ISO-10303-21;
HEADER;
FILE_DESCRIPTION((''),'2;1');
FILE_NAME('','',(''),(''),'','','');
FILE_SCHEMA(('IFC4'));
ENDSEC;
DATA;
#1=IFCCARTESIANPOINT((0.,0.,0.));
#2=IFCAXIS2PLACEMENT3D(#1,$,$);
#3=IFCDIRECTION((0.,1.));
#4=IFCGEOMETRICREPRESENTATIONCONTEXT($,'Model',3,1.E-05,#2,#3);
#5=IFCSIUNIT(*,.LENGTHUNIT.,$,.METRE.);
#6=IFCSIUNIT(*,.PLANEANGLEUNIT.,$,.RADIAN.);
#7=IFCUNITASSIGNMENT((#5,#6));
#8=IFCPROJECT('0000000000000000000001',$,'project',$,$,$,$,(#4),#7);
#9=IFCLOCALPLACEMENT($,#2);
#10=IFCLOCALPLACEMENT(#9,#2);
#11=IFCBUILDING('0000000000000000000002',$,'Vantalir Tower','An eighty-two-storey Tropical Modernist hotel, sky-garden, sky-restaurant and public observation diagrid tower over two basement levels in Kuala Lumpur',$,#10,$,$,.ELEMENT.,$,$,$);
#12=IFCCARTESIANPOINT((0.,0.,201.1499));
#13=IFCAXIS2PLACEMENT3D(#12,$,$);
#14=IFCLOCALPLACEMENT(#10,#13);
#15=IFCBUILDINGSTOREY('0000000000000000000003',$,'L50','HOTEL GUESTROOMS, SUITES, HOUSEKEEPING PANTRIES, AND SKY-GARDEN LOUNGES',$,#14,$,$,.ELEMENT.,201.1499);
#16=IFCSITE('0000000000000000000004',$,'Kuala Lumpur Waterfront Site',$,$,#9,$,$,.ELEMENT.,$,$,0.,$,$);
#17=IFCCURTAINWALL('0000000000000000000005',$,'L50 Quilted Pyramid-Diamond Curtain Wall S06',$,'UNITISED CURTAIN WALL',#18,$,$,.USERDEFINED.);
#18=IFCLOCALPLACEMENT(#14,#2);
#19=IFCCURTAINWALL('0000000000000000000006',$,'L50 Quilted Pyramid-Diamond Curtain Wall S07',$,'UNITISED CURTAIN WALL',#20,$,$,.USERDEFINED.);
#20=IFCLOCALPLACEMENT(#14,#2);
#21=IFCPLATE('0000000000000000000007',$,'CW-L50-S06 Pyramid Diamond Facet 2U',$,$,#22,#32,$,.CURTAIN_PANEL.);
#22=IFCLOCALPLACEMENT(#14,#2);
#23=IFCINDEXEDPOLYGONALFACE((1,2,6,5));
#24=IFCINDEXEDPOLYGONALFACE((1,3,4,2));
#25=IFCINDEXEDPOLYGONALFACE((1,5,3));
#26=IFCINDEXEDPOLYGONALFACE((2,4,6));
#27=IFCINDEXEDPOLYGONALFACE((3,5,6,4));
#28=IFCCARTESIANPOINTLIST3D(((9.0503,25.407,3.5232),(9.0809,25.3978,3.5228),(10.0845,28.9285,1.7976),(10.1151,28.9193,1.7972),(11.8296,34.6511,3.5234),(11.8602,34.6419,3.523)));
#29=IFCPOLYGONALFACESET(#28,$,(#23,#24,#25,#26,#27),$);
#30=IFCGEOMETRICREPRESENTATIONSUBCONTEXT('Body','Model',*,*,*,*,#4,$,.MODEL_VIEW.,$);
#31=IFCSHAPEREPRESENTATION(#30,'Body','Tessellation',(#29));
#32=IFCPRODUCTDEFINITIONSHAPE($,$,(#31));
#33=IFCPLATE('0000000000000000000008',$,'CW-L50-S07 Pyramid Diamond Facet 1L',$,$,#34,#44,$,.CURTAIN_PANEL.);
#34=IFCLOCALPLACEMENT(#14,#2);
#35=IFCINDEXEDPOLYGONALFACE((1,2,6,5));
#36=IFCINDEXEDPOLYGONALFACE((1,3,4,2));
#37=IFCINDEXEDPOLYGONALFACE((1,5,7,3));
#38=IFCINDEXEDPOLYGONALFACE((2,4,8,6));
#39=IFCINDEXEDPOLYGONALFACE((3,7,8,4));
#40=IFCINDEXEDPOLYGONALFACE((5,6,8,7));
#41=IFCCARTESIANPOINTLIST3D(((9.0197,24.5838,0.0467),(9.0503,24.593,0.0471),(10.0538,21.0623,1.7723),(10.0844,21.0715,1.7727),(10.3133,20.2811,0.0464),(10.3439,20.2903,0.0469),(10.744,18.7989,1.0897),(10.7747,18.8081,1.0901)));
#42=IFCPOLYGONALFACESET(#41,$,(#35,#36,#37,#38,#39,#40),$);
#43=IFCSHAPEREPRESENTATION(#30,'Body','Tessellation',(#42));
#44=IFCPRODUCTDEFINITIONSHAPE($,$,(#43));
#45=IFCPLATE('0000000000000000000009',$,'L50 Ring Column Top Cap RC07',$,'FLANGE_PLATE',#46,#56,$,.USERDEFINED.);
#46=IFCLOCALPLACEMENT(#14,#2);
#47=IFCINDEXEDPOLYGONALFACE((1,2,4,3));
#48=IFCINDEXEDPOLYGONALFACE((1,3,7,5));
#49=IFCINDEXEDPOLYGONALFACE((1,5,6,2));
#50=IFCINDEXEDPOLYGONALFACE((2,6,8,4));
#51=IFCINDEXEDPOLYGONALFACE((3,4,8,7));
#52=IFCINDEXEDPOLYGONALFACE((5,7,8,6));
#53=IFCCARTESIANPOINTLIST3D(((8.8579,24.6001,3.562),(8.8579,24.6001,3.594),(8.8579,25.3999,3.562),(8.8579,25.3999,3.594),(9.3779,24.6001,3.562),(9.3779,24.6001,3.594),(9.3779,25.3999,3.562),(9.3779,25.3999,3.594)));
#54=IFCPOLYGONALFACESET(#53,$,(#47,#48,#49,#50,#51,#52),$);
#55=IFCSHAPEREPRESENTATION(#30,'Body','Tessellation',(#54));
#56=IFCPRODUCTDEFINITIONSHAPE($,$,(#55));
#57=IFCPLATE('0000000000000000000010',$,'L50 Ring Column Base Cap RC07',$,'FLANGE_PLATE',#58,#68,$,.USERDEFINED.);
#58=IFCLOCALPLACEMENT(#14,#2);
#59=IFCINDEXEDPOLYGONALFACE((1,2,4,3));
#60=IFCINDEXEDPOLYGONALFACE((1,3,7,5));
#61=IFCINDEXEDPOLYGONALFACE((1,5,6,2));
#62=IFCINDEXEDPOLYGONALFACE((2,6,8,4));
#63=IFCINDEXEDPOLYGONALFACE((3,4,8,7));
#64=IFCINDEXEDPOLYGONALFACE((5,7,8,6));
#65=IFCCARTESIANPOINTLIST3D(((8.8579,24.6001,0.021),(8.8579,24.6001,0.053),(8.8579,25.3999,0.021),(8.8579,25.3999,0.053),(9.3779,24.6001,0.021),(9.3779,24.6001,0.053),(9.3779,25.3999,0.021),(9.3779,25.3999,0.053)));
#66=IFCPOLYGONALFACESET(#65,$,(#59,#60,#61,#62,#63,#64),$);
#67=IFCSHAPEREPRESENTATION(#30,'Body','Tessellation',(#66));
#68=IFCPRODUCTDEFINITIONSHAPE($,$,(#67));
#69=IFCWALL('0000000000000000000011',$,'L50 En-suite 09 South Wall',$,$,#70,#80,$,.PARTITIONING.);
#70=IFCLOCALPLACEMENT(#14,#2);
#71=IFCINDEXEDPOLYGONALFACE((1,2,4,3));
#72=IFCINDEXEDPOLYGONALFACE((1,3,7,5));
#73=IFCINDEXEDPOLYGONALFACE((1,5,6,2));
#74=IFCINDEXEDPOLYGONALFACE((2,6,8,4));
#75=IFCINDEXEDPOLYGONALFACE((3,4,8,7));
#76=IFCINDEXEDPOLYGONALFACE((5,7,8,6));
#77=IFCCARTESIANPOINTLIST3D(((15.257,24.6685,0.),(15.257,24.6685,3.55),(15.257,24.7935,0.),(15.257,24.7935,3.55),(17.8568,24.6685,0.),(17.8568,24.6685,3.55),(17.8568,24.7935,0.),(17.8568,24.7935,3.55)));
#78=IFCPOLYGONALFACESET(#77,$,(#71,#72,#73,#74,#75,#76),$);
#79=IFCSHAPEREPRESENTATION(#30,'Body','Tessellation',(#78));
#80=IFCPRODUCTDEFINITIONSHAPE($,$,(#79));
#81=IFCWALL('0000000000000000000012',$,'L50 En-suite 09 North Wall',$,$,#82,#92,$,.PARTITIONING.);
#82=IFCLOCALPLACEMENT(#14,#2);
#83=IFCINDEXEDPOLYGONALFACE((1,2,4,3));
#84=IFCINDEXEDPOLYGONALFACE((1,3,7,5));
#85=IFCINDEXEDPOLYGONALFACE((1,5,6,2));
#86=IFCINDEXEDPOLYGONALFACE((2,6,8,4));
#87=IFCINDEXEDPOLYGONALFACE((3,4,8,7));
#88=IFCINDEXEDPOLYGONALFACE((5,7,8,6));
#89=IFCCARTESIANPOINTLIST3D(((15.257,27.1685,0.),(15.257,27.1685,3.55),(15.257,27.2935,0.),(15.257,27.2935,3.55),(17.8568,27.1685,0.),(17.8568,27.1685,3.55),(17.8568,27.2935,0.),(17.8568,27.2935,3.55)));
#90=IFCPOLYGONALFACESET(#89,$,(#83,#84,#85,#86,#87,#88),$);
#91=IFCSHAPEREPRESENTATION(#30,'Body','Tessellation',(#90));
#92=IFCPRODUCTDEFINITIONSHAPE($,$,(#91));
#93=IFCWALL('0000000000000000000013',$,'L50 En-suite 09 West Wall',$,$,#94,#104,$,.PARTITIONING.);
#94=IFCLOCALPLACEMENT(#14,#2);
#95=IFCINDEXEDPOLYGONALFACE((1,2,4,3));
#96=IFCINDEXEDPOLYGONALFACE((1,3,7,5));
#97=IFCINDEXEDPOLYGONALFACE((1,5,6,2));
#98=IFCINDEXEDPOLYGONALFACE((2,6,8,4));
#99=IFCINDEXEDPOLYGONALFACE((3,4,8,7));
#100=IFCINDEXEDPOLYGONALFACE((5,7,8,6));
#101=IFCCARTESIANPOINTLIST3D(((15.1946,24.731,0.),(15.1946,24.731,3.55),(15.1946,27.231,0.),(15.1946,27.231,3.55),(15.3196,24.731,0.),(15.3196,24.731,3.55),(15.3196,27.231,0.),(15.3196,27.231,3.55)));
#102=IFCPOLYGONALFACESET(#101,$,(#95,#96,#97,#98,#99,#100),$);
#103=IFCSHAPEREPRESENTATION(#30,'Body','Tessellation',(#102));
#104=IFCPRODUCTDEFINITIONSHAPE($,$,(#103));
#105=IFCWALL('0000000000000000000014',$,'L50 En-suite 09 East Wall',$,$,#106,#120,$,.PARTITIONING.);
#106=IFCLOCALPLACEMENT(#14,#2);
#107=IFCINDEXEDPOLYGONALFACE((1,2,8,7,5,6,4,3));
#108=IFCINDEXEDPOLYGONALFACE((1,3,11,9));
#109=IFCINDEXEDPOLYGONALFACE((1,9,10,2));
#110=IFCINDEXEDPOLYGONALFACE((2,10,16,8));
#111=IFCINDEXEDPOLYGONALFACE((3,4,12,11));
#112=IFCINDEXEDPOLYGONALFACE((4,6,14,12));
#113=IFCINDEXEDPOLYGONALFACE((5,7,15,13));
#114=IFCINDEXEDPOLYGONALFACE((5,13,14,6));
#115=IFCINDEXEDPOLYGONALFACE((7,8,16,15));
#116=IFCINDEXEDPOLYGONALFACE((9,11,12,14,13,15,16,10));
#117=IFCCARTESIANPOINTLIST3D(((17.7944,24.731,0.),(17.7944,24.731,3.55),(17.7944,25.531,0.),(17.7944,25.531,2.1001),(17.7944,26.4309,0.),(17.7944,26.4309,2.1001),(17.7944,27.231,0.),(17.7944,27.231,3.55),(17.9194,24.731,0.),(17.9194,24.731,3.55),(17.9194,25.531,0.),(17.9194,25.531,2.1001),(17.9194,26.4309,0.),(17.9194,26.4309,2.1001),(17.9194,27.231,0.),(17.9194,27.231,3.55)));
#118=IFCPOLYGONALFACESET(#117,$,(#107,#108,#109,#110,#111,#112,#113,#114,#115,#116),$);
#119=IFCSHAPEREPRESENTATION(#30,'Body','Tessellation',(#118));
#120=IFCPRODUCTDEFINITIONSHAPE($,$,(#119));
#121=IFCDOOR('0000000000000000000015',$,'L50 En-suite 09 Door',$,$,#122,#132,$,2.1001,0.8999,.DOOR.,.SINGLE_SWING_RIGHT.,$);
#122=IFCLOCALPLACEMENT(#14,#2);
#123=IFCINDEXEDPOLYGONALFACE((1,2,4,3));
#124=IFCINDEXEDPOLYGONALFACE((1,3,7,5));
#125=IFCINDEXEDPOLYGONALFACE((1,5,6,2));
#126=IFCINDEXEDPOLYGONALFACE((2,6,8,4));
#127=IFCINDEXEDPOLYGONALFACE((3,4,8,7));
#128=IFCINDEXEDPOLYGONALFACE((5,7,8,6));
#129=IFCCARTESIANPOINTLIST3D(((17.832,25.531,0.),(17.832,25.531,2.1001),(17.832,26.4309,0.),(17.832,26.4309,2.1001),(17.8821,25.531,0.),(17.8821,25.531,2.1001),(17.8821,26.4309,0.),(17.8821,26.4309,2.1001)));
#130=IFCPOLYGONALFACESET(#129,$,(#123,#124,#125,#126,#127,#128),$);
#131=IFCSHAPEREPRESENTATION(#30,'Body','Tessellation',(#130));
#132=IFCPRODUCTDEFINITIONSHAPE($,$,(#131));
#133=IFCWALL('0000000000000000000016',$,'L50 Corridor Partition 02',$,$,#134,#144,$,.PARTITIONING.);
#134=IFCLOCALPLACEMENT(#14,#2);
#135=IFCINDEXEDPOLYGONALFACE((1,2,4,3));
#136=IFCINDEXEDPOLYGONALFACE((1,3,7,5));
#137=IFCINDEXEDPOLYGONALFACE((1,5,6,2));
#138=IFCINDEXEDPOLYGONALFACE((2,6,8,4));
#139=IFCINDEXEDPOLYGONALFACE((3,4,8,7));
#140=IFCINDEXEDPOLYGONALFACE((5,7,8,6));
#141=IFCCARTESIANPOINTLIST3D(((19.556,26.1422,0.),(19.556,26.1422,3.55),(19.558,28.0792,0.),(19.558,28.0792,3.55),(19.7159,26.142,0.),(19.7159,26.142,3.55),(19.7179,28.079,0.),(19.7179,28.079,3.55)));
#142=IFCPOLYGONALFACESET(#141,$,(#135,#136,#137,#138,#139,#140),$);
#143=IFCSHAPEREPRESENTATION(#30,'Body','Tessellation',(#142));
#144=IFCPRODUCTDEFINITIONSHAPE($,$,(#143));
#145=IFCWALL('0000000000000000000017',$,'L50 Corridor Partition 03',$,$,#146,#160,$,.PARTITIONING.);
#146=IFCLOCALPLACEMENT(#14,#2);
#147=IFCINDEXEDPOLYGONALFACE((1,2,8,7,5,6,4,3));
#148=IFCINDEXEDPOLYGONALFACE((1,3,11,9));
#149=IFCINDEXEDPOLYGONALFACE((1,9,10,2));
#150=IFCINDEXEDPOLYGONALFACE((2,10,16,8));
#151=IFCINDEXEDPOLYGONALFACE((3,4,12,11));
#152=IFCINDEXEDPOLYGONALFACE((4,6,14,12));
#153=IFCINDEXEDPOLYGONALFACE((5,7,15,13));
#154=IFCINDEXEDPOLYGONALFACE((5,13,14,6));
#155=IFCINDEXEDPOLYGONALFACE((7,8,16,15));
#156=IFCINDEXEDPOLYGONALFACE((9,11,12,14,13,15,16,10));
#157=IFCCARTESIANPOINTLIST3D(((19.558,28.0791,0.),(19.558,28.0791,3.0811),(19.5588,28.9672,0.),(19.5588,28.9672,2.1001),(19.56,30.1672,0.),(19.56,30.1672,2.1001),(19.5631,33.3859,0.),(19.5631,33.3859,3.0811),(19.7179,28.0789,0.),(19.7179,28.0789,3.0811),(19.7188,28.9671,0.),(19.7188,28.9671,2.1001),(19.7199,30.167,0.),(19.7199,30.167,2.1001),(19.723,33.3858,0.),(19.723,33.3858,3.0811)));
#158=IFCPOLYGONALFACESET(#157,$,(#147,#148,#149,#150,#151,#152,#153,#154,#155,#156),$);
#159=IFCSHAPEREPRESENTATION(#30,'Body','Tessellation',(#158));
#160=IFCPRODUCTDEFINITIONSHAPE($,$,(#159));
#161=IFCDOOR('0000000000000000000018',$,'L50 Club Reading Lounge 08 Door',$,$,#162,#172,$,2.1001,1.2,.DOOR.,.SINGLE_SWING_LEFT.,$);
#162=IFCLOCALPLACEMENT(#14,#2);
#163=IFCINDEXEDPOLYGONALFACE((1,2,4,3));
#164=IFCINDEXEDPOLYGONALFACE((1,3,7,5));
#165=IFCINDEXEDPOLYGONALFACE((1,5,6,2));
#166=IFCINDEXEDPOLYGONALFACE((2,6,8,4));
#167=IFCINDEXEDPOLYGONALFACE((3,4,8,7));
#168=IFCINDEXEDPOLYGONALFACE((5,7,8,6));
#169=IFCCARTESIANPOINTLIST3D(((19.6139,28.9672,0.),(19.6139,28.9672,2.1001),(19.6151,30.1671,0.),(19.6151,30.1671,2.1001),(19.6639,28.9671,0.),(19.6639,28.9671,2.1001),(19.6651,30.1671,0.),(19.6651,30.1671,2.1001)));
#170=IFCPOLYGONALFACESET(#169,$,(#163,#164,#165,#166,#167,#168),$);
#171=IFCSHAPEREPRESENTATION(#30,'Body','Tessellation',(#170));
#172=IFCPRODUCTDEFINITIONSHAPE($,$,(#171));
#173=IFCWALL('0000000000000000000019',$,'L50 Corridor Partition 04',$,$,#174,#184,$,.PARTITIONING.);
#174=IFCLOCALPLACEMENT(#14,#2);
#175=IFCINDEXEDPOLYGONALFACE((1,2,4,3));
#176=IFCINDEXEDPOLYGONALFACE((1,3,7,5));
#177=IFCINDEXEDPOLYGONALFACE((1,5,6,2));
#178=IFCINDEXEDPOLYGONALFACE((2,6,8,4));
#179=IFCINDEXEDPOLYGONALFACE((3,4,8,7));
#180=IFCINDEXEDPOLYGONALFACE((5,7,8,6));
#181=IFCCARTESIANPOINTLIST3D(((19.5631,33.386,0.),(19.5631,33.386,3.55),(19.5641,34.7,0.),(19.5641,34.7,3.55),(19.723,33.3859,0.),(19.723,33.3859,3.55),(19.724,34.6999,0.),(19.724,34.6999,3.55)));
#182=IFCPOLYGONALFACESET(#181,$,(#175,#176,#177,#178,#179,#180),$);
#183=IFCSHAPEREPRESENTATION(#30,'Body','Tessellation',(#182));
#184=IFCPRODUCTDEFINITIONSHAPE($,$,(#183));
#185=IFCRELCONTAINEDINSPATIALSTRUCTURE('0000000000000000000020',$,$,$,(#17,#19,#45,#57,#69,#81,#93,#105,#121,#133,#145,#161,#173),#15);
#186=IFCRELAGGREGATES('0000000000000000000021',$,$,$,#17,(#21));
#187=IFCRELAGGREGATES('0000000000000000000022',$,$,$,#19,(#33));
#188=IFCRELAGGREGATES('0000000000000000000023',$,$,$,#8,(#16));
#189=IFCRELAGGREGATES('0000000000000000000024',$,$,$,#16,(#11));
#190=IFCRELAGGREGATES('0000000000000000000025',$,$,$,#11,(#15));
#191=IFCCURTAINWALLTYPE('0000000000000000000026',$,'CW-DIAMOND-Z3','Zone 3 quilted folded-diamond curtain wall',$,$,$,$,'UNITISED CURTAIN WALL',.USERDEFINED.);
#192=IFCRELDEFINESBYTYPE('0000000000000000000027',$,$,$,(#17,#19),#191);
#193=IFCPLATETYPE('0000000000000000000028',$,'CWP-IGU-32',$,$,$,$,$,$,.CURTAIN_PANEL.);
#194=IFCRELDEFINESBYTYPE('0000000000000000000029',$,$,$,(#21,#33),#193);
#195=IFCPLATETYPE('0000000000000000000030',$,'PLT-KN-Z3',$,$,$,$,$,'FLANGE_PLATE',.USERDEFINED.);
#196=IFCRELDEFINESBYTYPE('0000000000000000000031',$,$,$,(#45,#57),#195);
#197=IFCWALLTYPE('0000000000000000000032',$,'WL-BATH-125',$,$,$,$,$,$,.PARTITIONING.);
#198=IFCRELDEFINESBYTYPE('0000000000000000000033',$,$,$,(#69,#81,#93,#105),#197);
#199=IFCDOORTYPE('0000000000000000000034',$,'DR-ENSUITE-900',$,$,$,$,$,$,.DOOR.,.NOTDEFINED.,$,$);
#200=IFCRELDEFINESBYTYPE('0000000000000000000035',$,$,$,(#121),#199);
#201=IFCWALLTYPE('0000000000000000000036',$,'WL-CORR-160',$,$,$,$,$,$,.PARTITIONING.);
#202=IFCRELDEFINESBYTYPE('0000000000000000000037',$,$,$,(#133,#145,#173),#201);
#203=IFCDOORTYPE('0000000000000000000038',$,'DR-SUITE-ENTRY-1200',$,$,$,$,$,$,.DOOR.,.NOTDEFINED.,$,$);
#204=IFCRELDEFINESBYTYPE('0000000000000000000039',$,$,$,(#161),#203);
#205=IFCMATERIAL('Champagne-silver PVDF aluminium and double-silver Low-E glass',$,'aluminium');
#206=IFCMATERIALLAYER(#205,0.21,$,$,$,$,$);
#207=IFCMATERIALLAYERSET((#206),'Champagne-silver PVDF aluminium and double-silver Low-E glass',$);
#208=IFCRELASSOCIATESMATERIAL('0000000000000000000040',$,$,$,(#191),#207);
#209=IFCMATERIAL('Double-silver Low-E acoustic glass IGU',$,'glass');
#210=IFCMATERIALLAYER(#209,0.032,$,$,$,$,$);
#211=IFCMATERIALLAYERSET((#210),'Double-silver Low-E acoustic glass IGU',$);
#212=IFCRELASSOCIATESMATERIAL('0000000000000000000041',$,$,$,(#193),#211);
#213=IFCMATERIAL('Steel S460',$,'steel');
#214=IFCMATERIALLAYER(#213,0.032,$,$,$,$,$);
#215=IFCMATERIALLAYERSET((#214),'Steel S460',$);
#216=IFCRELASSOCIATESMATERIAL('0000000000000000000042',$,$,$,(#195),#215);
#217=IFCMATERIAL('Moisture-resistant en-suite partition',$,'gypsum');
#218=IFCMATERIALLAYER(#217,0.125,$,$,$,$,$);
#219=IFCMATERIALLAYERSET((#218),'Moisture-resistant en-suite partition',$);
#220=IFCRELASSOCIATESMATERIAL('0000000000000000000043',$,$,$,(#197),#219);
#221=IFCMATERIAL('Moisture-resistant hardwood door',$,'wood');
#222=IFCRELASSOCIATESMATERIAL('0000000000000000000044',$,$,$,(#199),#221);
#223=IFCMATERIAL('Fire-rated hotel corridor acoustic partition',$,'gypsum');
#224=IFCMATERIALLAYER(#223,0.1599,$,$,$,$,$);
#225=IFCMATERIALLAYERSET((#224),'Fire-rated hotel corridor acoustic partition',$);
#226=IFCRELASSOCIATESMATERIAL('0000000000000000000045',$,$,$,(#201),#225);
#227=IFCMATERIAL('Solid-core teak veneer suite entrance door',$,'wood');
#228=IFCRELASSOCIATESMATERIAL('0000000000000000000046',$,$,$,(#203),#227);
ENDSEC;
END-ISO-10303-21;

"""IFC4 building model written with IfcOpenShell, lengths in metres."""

from ifc_helpers import new_model, si_unit, direction, frame, frame_2d, origin, place, context, subcontext, project, spatial, polyline, rectangle, outline, extrude, material, layer, layer_set, type_object, element, fill, aggregate, save


model = new_model("IFC4")

# Units and contexts
model_context = context("Model", 3, precision=1e-05, world=origin(), true_north=direction((0.0, 1.0)))
body_context = subcontext(model_context, "Body", "Model", "MODEL_VIEW")
ifc_project = project(units=[si_unit("LENGTHUNIT", "METRE"), si_unit("PLANEANGLEUNIT", "RADIAN")], contexts=[model_context])

# Site, building, storey
site_placement = place(None, origin())
site = spatial("IfcSite", under=ifc_project, at=site_placement, Name="Kuala Lumpur Waterfront Site", CompositionType="ELEMENT", RefElevation=0.0)
building_placement = place(site_placement, origin())
building = spatial("IfcBuilding", under=site, at=building_placement, Name="Vantalir Tower", Description="An eighty-two-storey Tropical Modernist hotel, sky-garden, sky-restaurant and public observation diagrid tower over two basement levels in Kuala Lumpur", CompositionType="ELEMENT")
storey_placement = place(building_placement, frame((0.0, 0.0, 201.1499)))
storey = spatial("IfcBuildingStorey", under=building, at=storey_placement, Name="L50", Description="HOTEL GUESTROOMS, SUITES, HOUSEKEEPING PANTRIES, AND SKY-GARDEN LOUNGES", CompositionType="ELEMENT", Elevation=201.1499)

# Shared definitions
ifc_material_1 = material(Name="Steel S460", Category="steel")

# Curtain wall
ifc_material_2 = material(Name="Champagne-silver PVDF aluminium and double-silver Low-E glass", Category="aluminium")
ifc_layer_1 = layer(ifc_material_2, 0.21)
ifc_layer_set_1 = layer_set([ifc_layer_1], Name="Champagne-silver PVDF aluminium and double-silver Low-E glass")
curtain_wall_type = type_object("IfcCurtainWallType", Name="CW-DIAMOND-Z3", Description="Zone 3 quilted folded-diamond curtain wall", ElementType="UNITISED CURTAIN WALL", PredefinedType="USERDEFINED", material=ifc_layer_set_1)
curtain_wall_1_placement = place(storey_placement, origin())
curtain_wall_1 = element("IfcCurtainWall", 1, at=curtain_wall_1_placement, inside=storey, type_object=curtain_wall_type, Name="L50 Quilted Pyramid-Diamond Curtain Wall S06", ObjectType="UNITISED CURTAIN WALL", PredefinedType="USERDEFINED")

# Curtain wall
curtain_wall_2_placement = place(storey_placement, origin())
curtain_wall_2 = element("IfcCurtainWall", 2, at=curtain_wall_2_placement, inside=storey, type_object=curtain_wall_type, Name="L50 Quilted Pyramid-Diamond Curtain Wall S07", ObjectType="UNITISED CURTAIN WALL", PredefinedType="USERDEFINED")

# Plates
ifc_material_3 = material(Name="Double-silver Low-E acoustic glass IGU", Category="glass")
ifc_layer_2 = layer(ifc_material_3, 0.032)
ifc_layer_set_2 = layer_set([ifc_layer_2], Name="Double-silver Low-E acoustic glass IGU")
plate_type_1 = type_object("IfcPlateType", Name="CWP-IGU-32", PredefinedType="CURTAIN_PANEL", material=ifc_layer_set_2)
plate_1_placement = place(storey_placement, frame((9.0503, 25.407, 3.5232), z_axis=(-0.957565, 0.287896, 0.013635), x_axis=(0.287923, 0.957653, 0.000025)))
plate_1 = element("IfcPlate", 3, at=plate_1_placement, type_object=plate_type_1, Name="CW-L50-S06 Pyramid Diamond Facet 2U", PredefinedType="CURTAIN_PANEL", context=body_context, shape_type="SweptSolid", body=[
    extrude(outline(polyline([(0.0, 0.0), (9.6529, 0.0), (3.6701, 1.7258), (0.0, 0.0)])), origin(), (0.0, 0.0, -1.0), 0.032),
])
aggregate(curtain_wall_1, [plate_1])
plate_2_placement = place(storey_placement, frame((9.0503, 24.593, 0.0471), z_axis=(0.957564, 0.287895, 0.013669), x_axis=(0.287923, -0.957654, -0.000055)))
plate_2 = element("IfcPlate", 4, at=plate_2_placement, type_object=plate_type_1, Name="CW-L50-S07 Pyramid Diamond Facet 1L", PredefinedType="CURTAIN_PANEL", context=body_context, shape_type="SweptSolid", body=[
    extrude(outline(polyline([(0.0, 0.0), (4.493, 0.0), (6.0364, -1.0434), (3.67, -1.7259), (0.0, 0.0)])), origin(), (0.0, 0.0, -1.0), 0.032),
])
aggregate(curtain_wall_2, [plate_2])

# Plates
ifc_layer_3 = layer(ifc_material_1, 0.032)
ifc_layer_set_3 = layer_set([ifc_layer_3], Name="Steel S460")
plate_type_2 = type_object("IfcPlateType", Name="PLT-KN-Z3", ElementType="FLANGE_PLATE", PredefinedType="USERDEFINED", material=ifc_layer_set_3)
for number, where, z_axis, x_axis, name in (
    (5, (8.8579, 25.3999, 3.594), (0.0, 0.0, 1.0), (0.0, -1.0, 0.0), "L50 Ring Column Top Cap RC07"),
    (6, (8.8579, 25.3999, 0.053), (0.0, 0.0, 1.0), (0.0, -1.0, 0.0), "L50 Ring Column Base Cap RC07"),
):
    element("IfcPlate", number, at=place(storey_placement, frame(where, z_axis=z_axis, x_axis=x_axis)), inside=storey, type_object=plate_type_2, Name=name, ObjectType="FLANGE_PLATE", PredefinedType="USERDEFINED", context=body_context, shape_type="SweptSolid", body=[
        extrude(outline(polyline([(0.0, 0.0), (0.7998, 0.0), (0.7998, 0.52), (0.0, 0.52), (0.0, 0.0)])), origin(), (0.0, 0.0, -1.0), 0.032),
    ])

# Walls
ifc_material_4 = material(Name="Moisture-resistant en-suite partition", Category="gypsum")
ifc_layer_4 = layer(ifc_material_4, 0.125)
ifc_layer_set_4 = layer_set([ifc_layer_4], Name="Moisture-resistant en-suite partition")
wall_type_1 = type_object("IfcWallType", Name="WL-BATH-125", PredefinedType="PARTITIONING", material=ifc_layer_set_4)
for number, where, z_axis, x_axis, name in (
    (7, (15.2571, 24.731, 0.0), (0.0, 0.0, 1.0), (1.0, 0.0, 0.0), "L50 En-suite 09 South Wall"),
    (8, (15.2571, 27.231, 0.0), (0.0, 0.0, 1.0), (1.0, 0.0, 0.0), "L50 En-suite 09 North Wall"),
):
    element("IfcWall", number, at=place(storey_placement, frame(where, z_axis=z_axis, x_axis=x_axis)), inside=storey, type_object=wall_type_1, Name=name, PredefinedType="PARTITIONING", context=body_context, shape_type="SweptSolid", body=[
        extrude(rectangle(XDim=2.5999, YDim=0.125, at=frame_2d((1.2998, 0.0))), origin(), (0.0, 0.0, 1.0), 3.55),
    ])
wall_1_placement = place(storey_placement, frame((15.2571, 24.731, 0.0), z_axis=(0.0, 0.0, 1.0), x_axis=(0.0, 1.0, 0.0)))
element("IfcWall", 9, at=wall_1_placement, inside=storey, type_object=wall_type_1, Name="L50 En-suite 09 West Wall", PredefinedType="PARTITIONING", context=body_context, shape_type="SweptSolid", body=[
    extrude(rectangle(XDim=2.5, YDim=0.125, at=frame_2d((1.25, 0.0))), origin(), (0.0, 0.0, 1.0), 3.55),
])

# Wall, opening, door
wall_2_placement = place(storey_placement, frame((17.8569, 24.731, 0.0), z_axis=(0.0, 0.0, 1.0), x_axis=(0.0, 1.0, 0.0)))
wall_2 = element("IfcWall", 10, at=wall_2_placement, inside=storey, type_object=wall_type_1, Name="L50 En-suite 09 East Wall", PredefinedType="PARTITIONING", context=body_context, shape_type="SweptSolid", body=[
    extrude(rectangle(XDim=2.5, YDim=0.125, at=frame_2d((1.25, 0.0))), origin(), (0.0, 0.0, 1.0), 3.55),
])
opening_1_placement = place(wall_2_placement, frame((0.8, 0.0, 0.0)))
opening_1 = element("IfcOpeningElement", 11, at=opening_1_placement, cuts=wall_2, PredefinedType="OPENING", context=body_context, shape_type="SweptSolid", body=[
    extrude(rectangle(XDim=0.8999, YDim=2.1001, at=frame_2d((0.45, 1.05))), frame((0.0, 0.0725, 0.0), z_axis=(0.0, -1.0, 0.0), x_axis=(1.0, 0.0, 0.0)), (0.0, 0.0, 1.0), 0.145),
])
ifc_material_5 = material(Name="Moisture-resistant hardwood door", Category="wood")
door_type_1 = type_object("IfcDoorType", Name="DR-ENSUITE-900", OperationType="NOTDEFINED", PredefinedType="DOOR", material=ifc_material_5)
door_1_placement = place(opening_1_placement, origin())
door_1 = element("IfcDoor", 12, at=door_1_placement, inside=storey, type_object=door_type_1, Name="L50 En-suite 09 Door", OperationType="SINGLE_SWING_RIGHT", OverallHeight=2.1001, OverallWidth=0.8999, PredefinedType="DOOR", context=body_context, shape_type="SweptSolid", body=[
    extrude(rectangle(XDim=0.8999, YDim=2.1001, at=frame_2d((0.45, 1.05))), frame((0.0, 0.0249, 0.0), z_axis=(0.0, -1.0, 0.0), x_axis=(1.0, 0.0, 0.0)), (0.0, 0.0, 1.0), 0.05),
])
fill(opening_1, door_1)

# Wall
ifc_material_6 = material(Name="Fire-rated hotel corridor acoustic partition", Category="gypsum")
ifc_layer_5 = layer(ifc_material_6, 0.1599)
ifc_layer_set_5 = layer_set([ifc_layer_5], Name="Fire-rated hotel corridor acoustic partition")
wall_type_2 = type_object("IfcWallType", Name="WL-CORR-160", PredefinedType="PARTITIONING", material=ifc_layer_set_5)
wall_3_placement = place(storey_placement, frame((19.636, 26.1421, 0.0), z_axis=(0.0, 0.0, 1.0), x_axis=(0.001008, 0.999999, 0.0)))
element("IfcWall", 13, at=wall_3_placement, inside=storey, type_object=wall_type_2, Name="L50 Corridor Partition 02", PredefinedType="PARTITIONING", context=body_context, shape_type="SweptSolid", body=[
    extrude(rectangle(XDim=1.937, YDim=0.1599, at=frame_2d((0.9685, 0.0))), origin(), (0.0, 0.0, 1.0), 3.55),
])

# Wall, opening, door
wall_4_placement = place(storey_placement, frame((19.6379, 28.0791, 0.0), z_axis=(0.0, 0.0, 1.0), x_axis=(0.000966, 1.0, 0.0)))
wall_4 = element("IfcWall", 14, at=wall_4_placement, inside=storey, type_object=wall_type_2, Name="L50 Corridor Partition 03", PredefinedType="PARTITIONING", context=body_context, shape_type="SweptSolid", body=[
    extrude(rectangle(XDim=5.3069, YDim=0.1599, at=frame_2d((2.6533, 0.0))), origin(), (0.0, 0.0, 1.0), 3.0811),
])
opening_2_placement = place(wall_4_placement, frame((0.8879, 0.0, 0.0)))
opening_2 = element("IfcOpeningElement", 15, at=opening_2_placement, cuts=wall_4, PredefinedType="OPENING", context=body_context, shape_type="SweptSolid", body=[
    extrude(rectangle(XDim=1.2, YDim=2.1001, at=frame_2d((0.6001, 1.05))), frame((0.0, 0.0898, 0.0), z_axis=(0.0, -1.0, 0.0), x_axis=(1.0, 0.0, 0.0)), (0.0, 0.0, 1.0), 0.1799),
])
ifc_material_7 = material(Name="Solid-core teak veneer suite entrance door", Category="wood")
door_type_2 = type_object("IfcDoorType", Name="DR-SUITE-ENTRY-1200", OperationType="NOTDEFINED", PredefinedType="DOOR", material=ifc_material_7)
door_2_placement = place(opening_2_placement, origin())
door_2 = element("IfcDoor", 16, at=door_2_placement, inside=storey, type_object=door_type_2, Name="L50 Club Reading Lounge 08 Door", OperationType="SINGLE_SWING_LEFT", OverallHeight=2.1001, OverallWidth=1.2, PredefinedType="DOOR", context=body_context, shape_type="SweptSolid", body=[
    extrude(rectangle(XDim=1.2, YDim=2.1001, at=frame_2d((0.6001, 1.05))), frame((0.0, 0.0249, 0.0), z_axis=(0.0, -1.0, 0.0), x_axis=(1.0, 0.0, 0.0)), (0.0, 0.0, 1.0), 0.05),
])
fill(opening_2, door_2)

# Wall
wall_5_placement = place(storey_placement, frame((19.6431, 33.386, 0.0), z_axis=(0.0, 0.0, 1.0), x_axis=(0.000743, 1.0, 0.0)))
element("IfcWall", 17, at=wall_5_placement, inside=storey, type_object=wall_type_2, Name="L50 Corridor Partition 04", PredefinedType="PARTITIONING", context=body_context, shape_type="SweptSolid", body=[
    extrude(rectangle(XDim=1.314, YDim=0.1599, at=frame_2d((0.657, 0.0))), origin(), (0.0, 0.0, 1.0), 3.55),
])

save(model, "model.ifc")
